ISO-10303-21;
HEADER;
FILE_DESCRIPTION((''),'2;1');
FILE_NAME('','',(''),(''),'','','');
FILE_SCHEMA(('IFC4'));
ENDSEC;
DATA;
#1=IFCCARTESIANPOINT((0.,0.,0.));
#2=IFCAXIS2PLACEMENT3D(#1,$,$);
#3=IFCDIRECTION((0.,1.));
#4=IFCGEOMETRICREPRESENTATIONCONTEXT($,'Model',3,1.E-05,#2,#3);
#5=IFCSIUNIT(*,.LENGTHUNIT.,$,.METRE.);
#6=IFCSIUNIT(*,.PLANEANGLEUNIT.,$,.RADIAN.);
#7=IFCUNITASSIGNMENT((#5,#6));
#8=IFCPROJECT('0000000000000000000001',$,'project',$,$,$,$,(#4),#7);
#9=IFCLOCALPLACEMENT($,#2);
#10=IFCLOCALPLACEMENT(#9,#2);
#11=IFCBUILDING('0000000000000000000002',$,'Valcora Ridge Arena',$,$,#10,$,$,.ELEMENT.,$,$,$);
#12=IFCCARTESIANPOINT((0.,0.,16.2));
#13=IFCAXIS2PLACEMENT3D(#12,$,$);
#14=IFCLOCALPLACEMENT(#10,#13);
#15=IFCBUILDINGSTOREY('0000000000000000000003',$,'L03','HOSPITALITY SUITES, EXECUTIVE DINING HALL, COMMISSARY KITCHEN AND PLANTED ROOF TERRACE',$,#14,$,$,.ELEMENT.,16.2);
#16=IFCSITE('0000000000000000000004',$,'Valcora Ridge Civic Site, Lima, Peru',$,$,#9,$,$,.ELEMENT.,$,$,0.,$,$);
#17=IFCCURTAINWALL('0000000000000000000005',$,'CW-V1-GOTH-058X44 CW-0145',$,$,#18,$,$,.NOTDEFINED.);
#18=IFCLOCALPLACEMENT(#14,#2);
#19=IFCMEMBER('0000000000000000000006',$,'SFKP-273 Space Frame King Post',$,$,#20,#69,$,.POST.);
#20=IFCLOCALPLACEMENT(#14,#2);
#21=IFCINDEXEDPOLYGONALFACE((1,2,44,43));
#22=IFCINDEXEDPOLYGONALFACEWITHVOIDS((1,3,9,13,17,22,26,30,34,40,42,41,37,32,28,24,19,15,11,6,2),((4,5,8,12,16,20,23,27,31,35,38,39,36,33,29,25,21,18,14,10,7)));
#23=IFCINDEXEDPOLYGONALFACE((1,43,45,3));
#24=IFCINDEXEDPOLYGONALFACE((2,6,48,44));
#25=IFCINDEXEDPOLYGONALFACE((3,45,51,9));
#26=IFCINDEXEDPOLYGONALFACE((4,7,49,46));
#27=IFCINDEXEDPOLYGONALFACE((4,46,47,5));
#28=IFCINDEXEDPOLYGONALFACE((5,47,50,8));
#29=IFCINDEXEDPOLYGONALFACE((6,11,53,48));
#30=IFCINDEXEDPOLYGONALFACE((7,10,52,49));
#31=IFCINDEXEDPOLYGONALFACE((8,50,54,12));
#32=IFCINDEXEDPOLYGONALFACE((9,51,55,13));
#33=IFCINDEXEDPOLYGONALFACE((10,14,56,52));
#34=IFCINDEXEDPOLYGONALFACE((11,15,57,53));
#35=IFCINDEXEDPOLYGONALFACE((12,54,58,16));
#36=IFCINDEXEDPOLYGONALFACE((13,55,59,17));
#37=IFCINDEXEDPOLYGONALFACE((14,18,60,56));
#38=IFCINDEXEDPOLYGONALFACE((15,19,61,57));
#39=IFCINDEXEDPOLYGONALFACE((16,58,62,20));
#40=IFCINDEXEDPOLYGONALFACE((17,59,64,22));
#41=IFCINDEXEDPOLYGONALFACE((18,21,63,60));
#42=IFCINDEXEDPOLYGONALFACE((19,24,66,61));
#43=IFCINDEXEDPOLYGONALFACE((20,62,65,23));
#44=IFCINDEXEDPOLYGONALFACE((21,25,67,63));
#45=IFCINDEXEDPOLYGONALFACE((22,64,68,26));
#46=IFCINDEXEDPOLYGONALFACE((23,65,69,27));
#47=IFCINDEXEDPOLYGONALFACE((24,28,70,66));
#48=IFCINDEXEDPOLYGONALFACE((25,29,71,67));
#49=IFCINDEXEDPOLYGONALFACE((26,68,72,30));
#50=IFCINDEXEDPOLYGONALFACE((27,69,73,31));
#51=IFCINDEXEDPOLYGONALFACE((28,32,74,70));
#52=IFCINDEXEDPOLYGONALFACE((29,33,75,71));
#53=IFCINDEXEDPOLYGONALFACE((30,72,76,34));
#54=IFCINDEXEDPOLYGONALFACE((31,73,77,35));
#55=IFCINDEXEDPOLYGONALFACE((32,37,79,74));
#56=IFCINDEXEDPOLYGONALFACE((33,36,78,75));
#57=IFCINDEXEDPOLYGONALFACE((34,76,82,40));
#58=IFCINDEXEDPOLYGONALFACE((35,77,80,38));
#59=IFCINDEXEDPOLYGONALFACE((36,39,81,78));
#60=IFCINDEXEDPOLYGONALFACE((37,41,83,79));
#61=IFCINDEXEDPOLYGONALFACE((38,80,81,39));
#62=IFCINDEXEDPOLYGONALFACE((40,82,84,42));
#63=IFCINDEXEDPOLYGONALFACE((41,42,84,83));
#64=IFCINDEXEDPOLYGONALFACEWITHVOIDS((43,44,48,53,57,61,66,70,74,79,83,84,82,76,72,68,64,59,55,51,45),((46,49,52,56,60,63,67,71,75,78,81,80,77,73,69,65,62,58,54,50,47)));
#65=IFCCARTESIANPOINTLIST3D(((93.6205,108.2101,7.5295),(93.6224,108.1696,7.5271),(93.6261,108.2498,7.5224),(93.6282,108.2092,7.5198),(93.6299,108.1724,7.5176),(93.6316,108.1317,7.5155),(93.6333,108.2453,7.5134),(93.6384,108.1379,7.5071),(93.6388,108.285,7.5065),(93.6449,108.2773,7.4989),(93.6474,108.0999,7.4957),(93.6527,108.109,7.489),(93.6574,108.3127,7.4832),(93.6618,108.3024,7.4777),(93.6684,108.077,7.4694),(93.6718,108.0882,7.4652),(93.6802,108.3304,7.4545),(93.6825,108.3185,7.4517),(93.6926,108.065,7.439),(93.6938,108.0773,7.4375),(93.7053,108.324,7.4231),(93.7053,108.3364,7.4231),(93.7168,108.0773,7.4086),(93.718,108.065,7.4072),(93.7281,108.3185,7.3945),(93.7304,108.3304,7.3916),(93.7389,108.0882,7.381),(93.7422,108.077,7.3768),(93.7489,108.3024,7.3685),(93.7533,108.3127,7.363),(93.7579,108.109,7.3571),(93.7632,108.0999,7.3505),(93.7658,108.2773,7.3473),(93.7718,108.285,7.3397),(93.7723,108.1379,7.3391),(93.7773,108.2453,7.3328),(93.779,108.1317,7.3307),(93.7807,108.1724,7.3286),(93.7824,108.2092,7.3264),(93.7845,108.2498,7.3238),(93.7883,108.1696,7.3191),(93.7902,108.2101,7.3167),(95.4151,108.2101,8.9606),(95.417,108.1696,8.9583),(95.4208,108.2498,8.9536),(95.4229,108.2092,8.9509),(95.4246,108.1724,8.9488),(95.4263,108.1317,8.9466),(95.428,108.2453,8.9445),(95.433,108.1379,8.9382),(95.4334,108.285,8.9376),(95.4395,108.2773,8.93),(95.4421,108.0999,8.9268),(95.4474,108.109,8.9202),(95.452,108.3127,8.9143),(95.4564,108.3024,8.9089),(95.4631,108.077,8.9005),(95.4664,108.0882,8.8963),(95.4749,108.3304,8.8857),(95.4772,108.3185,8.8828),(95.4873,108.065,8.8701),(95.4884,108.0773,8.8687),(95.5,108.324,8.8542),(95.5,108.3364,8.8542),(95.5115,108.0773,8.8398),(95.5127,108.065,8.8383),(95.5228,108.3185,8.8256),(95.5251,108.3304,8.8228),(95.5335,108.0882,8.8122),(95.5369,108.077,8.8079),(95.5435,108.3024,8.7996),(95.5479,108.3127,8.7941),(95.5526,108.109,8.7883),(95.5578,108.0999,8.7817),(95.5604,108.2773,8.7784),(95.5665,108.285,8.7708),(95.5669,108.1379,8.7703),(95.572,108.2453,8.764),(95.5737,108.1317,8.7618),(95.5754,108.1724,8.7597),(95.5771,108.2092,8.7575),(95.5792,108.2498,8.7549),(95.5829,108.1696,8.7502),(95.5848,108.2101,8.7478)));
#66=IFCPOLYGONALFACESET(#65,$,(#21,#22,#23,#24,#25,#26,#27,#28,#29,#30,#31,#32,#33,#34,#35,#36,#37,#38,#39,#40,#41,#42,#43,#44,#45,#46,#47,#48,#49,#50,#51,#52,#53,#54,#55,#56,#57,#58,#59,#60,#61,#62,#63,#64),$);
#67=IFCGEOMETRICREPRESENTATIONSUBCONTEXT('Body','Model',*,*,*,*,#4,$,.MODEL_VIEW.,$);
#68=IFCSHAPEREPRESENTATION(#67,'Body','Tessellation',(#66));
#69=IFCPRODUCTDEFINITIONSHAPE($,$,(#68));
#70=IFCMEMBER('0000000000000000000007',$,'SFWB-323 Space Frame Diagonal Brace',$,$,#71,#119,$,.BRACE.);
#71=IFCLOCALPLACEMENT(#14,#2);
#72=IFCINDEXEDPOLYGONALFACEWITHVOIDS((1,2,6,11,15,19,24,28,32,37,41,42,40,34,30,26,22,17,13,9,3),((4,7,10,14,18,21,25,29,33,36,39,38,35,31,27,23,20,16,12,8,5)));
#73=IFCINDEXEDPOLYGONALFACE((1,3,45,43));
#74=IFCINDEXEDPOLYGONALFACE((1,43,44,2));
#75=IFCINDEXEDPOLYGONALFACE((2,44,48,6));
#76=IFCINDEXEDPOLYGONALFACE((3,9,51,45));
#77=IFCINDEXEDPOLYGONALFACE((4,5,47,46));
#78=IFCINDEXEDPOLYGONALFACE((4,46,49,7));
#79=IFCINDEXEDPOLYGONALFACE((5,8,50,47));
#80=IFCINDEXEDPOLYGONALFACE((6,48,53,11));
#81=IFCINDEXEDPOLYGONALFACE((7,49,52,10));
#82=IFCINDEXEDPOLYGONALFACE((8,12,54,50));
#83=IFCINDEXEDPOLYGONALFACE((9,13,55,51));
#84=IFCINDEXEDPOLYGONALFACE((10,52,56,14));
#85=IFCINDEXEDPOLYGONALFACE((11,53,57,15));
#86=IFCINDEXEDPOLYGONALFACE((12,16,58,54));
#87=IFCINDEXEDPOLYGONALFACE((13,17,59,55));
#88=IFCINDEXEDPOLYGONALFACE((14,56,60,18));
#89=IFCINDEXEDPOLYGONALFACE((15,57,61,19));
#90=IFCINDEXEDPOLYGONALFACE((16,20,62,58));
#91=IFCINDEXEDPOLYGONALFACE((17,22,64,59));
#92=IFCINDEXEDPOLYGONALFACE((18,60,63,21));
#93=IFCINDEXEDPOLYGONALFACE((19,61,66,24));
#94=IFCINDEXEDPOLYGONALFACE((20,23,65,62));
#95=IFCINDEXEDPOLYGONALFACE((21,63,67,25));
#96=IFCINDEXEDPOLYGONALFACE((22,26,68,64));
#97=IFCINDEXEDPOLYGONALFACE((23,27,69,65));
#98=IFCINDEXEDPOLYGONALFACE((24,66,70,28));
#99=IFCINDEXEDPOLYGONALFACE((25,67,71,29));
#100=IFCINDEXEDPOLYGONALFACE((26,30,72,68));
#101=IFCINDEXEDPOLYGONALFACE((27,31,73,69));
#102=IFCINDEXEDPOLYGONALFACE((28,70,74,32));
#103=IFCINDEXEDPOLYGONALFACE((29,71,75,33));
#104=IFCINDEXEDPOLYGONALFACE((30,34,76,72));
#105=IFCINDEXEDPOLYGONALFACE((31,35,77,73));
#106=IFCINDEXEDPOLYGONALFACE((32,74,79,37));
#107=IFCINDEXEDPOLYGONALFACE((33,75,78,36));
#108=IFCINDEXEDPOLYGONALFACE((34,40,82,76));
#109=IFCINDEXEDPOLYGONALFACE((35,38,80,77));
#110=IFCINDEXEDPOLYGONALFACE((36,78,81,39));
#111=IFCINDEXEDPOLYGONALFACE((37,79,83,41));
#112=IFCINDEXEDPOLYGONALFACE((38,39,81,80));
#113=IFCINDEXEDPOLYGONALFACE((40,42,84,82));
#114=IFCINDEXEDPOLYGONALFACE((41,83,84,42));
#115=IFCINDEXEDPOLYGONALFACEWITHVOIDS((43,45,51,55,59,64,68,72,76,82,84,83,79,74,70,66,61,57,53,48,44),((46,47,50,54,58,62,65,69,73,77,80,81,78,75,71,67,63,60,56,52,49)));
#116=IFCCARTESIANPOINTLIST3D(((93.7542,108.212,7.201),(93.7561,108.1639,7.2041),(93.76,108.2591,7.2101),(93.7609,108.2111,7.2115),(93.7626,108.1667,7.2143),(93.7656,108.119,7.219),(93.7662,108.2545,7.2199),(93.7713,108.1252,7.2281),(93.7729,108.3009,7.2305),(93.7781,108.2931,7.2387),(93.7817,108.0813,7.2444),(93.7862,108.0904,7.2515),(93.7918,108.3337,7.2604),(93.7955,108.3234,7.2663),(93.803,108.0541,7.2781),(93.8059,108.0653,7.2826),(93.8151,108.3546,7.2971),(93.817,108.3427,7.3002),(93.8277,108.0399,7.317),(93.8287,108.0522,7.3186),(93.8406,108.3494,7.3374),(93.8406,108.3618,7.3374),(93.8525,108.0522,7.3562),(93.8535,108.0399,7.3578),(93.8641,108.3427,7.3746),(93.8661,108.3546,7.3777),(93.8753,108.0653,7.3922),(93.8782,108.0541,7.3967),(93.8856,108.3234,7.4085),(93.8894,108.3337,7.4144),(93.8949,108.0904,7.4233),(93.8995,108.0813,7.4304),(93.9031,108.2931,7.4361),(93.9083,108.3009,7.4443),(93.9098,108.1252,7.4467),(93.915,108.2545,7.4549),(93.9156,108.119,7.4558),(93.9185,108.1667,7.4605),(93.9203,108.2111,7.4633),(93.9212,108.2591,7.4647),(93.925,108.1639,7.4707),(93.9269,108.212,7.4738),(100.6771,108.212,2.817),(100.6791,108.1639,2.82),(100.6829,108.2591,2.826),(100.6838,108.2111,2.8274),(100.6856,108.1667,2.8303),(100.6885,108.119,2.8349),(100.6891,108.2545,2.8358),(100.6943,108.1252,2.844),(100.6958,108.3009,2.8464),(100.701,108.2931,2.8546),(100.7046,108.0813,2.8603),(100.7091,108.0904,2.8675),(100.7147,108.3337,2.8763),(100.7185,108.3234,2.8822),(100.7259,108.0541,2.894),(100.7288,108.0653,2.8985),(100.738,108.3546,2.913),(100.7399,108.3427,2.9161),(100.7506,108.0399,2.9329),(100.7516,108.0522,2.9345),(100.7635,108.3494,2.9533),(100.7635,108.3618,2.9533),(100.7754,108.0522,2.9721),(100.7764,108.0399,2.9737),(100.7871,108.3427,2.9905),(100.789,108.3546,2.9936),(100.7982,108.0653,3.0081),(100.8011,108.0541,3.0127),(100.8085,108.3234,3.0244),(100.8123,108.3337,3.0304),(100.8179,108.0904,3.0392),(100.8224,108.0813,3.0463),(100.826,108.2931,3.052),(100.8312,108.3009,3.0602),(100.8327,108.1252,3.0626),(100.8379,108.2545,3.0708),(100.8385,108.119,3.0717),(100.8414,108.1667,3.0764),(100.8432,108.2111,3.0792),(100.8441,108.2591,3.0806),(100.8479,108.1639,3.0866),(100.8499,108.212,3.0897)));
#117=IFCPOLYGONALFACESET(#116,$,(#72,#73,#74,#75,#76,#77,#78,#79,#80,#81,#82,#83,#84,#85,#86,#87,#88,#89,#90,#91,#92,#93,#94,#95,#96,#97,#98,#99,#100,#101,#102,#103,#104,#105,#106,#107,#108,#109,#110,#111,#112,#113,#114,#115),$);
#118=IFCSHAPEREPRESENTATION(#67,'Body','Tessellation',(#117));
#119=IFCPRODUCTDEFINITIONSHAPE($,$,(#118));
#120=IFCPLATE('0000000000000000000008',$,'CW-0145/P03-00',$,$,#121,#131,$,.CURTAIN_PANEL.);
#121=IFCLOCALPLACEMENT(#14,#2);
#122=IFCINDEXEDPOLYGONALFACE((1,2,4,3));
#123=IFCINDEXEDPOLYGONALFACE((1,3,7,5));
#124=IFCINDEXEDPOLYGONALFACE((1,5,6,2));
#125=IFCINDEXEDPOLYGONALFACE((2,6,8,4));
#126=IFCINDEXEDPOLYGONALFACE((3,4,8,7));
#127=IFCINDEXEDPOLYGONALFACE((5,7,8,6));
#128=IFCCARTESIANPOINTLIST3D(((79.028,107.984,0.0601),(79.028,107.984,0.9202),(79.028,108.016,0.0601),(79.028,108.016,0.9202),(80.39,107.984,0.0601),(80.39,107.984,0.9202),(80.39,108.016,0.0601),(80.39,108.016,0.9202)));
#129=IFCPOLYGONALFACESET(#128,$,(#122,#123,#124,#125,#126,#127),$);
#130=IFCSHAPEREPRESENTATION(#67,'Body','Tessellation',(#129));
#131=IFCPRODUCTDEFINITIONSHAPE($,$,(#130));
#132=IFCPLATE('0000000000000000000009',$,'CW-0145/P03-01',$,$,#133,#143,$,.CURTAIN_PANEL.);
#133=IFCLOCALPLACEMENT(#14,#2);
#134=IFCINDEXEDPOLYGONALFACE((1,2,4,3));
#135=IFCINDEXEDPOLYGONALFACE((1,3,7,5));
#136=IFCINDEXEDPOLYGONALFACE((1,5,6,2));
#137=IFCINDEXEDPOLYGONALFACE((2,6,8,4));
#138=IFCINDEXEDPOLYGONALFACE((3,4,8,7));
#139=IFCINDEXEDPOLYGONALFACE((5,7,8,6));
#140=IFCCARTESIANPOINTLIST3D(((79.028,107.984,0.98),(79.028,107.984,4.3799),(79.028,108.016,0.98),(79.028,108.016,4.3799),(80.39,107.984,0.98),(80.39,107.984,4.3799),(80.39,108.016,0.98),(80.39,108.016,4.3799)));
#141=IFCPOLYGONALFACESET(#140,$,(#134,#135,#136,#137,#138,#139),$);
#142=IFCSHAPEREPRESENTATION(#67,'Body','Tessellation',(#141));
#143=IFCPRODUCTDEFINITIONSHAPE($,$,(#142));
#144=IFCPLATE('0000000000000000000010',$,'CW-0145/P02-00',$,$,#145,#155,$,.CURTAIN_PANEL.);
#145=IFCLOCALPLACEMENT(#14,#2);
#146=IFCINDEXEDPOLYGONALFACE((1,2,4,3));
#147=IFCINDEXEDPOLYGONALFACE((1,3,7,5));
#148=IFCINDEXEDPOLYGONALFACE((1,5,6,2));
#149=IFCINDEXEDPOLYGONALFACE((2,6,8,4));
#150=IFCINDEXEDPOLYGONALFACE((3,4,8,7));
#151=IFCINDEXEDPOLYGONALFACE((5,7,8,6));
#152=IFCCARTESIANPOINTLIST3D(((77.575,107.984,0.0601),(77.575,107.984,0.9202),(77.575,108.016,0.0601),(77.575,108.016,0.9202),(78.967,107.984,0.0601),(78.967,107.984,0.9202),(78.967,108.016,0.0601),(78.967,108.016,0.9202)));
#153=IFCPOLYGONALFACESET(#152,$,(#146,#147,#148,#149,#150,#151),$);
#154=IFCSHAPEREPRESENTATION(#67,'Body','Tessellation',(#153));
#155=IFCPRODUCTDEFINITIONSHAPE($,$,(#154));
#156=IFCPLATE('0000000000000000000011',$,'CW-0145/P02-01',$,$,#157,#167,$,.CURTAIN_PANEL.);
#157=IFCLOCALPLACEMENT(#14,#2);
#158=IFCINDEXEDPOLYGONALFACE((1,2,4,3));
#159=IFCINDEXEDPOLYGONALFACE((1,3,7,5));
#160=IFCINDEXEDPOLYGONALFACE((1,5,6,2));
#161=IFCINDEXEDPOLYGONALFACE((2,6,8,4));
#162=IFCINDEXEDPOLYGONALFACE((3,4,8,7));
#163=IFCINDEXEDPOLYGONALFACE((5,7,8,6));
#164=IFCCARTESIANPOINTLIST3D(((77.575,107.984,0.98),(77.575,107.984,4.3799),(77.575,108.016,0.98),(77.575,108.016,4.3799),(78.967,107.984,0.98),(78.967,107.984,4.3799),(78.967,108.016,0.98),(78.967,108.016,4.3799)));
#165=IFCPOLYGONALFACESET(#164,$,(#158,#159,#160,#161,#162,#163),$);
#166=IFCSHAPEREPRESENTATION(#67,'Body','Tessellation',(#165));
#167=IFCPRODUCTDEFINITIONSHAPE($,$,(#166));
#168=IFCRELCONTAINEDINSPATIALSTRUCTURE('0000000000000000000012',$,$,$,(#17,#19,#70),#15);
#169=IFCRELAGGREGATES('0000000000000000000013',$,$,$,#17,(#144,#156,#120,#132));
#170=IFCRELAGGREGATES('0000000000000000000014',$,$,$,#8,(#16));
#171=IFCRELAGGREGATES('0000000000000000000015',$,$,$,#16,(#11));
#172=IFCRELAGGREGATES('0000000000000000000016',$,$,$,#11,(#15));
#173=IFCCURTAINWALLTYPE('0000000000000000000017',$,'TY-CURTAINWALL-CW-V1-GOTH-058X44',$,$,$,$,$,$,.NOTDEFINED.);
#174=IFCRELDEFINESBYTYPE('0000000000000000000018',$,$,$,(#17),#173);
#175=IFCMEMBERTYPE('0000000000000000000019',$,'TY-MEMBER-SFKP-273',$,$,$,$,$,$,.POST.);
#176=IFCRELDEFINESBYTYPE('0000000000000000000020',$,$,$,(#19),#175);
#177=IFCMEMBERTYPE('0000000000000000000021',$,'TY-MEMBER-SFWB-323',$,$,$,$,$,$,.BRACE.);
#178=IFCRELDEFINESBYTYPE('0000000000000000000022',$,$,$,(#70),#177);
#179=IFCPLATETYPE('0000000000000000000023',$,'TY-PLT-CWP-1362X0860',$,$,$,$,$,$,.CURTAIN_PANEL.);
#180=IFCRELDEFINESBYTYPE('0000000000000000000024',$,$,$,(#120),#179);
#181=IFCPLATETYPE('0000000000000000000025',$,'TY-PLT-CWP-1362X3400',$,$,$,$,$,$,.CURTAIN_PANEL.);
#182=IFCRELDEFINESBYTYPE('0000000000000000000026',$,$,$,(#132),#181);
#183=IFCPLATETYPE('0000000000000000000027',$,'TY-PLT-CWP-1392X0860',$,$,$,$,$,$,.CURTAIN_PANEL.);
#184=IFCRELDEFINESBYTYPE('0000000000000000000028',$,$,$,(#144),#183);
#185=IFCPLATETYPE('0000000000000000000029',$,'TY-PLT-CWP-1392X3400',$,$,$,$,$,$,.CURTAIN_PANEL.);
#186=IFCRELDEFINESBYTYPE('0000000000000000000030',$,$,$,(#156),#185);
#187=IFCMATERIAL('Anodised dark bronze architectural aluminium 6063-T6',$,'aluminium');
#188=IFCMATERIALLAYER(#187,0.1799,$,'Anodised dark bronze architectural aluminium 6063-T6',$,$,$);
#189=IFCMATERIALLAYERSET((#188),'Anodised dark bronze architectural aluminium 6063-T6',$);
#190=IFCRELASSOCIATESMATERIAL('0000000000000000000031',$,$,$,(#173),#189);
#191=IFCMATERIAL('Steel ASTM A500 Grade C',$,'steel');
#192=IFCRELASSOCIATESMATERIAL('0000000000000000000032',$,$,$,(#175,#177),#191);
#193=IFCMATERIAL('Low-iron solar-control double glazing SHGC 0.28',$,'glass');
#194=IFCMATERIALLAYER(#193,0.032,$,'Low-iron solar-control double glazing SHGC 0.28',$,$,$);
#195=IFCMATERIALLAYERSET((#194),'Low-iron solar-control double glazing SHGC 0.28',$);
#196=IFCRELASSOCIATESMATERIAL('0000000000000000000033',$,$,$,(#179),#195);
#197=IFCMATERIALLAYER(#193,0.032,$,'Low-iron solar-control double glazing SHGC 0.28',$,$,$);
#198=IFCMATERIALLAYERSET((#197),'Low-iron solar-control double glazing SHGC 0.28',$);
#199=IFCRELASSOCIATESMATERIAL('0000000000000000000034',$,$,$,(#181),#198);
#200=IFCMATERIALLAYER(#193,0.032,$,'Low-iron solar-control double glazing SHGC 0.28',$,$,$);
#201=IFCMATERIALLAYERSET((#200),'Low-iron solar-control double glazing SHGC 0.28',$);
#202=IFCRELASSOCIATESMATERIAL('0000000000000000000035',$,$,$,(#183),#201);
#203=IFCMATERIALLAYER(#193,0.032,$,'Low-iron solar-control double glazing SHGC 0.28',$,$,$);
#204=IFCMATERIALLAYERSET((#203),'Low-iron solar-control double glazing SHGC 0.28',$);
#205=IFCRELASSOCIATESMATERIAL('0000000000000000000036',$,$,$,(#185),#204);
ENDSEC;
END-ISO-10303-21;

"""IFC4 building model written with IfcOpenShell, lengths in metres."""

from ifc_helpers import new_model, si_unit, direction, frame, origin, origin_2d, place, context, subcontext, project, spatial, rectangle, hollow_circle, extrude, material, layer, layer_set, material_profile, profile_set, type_object, element, aggregate, save


model = new_model("IFC4")

# Units and contexts
model_context = context("Model", 3, precision=1e-05, world=origin(), true_north=direction((0.0, 1.0)))
body_context = subcontext(model_context, "Body", "Model", "MODEL_VIEW")
ifc_project = project(units=[si_unit("LENGTHUNIT", "METRE"), si_unit("PLANEANGLEUNIT", "RADIAN")], contexts=[model_context])

# Site, building, storey
site_placement = place(None, origin())
site = spatial("IfcSite", under=ifc_project, at=site_placement, Name="Valcora Ridge Civic Site, Lima, Peru", CompositionType="ELEMENT", RefElevation=0.0)
building_placement = place(site_placement, origin())
building = spatial("IfcBuilding", under=site, at=building_placement, Name="Valcora Ridge Arena", CompositionType="ELEMENT")
storey_placement = place(building_placement, frame((0.0, 0.0, 16.2)))
storey = spatial("IfcBuildingStorey", under=building, at=storey_placement, Name="L03", Description="HOSPITALITY SUITES, EXECUTIVE DINING HALL, COMMISSARY KITCHEN AND PLANTED ROOF TERRACE", CompositionType="ELEMENT", Elevation=16.2)

# Curtain wall
ifc_material_1 = material(Name="Anodised dark bronze architectural aluminium 6063-T6", Category="aluminium")
ifc_layer_1 = layer(ifc_material_1, 0.1799, Name="Anodised dark bronze architectural aluminium 6063-T6")
ifc_layer_set_1 = layer_set([ifc_layer_1], Name="Anodised dark bronze architectural aluminium 6063-T6")
curtain_wall_type = type_object("IfcCurtainWallType", Name="TY-CURTAINWALL-CW-V1-GOTH-058X44", PredefinedType="NOTDEFINED", material=ifc_layer_set_1)
curtain_wall_placement = place(storey_placement, origin())
curtain_wall = element("IfcCurtainWall", 1, at=curtain_wall_placement, inside=storey, type_object=curtain_wall_type, Name="CW-V1-GOTH-058X44 CW-0145", PredefinedType="NOTDEFINED")

# Members
ifc_material_2 = material(Name="Steel ASTM A500 Grade C", Category="steel")
ifc_material_profile_1 = material_profile(ifc_material_2, hollow_circle(Radius=0.1365, WallThickness=0.0125, at=origin_2d()), Name="CHS273X12")
ifc_profile_set_1 = profile_set([ifc_material_profile_1], Name="Steel ASTM A500 Grade C")
member_type_1 = type_object("IfcMemberType", Name="TY-MEMBER-SFKP-273", PredefinedType="POST", material=ifc_profile_set_1)
member_1_placement = place(storey_placement, frame((93.7053, 108.2, 7.4231), z_axis=(0.781843, 0.0, 0.623475), x_axis=(0.0, 1.0, 0.0)))
element("IfcMember", 2, at=member_1_placement, inside=storey, type_object=member_type_1, Name="SFKP-273 Space Frame King Post", PredefinedType="POST", context=body_context, shape_type="SweptSolid", body=[
    extrude(hollow_circle(Radius=0.1365, WallThickness=0.0125, at=origin_2d()), origin(), (0.0, 0.0, 1.0), 2.2954),
])
ifc_material_profile_2 = material_profile(ifc_material_2, hollow_circle(Radius=0.1619, WallThickness=0.0125, at=origin_2d()), Name="CHS323X12")
ifc_profile_set_2 = profile_set([ifc_material_profile_2], Name="Steel ASTM A500 Grade C")
member_type_2 = type_object("IfcMemberType", Name="TY-MEMBER-SFWB-323", PredefinedType="BRACE", material=ifc_profile_set_2)
member_2_placement = place(storey_placement, frame((93.8406, 108.2, 7.3374), z_axis=(0.844843, 0.0, -0.535014), x_axis=(0.0, 1.0, 0.0)))
element("IfcMember", 3, at=member_2_placement, inside=storey, type_object=member_type_2, Name="SFWB-323 Space Frame Diagonal Brace", PredefinedType="BRACE", context=body_context, shape_type="SweptSolid", body=[
    extrude(hollow_circle(Radius=0.1619, WallThickness=0.0125, at=origin_2d()), origin(), (0.0, 0.0, 1.0), 8.1943),
])

# Plates
ifc_material_3 = material(Name="Low-iron solar-control double glazing SHGC 0.28", Category="glass")
ifc_layer_2 = layer(ifc_material_3, 0.032, Name="Low-iron solar-control double glazing SHGC 0.28")
ifc_layer_set_2 = layer_set([ifc_layer_2], Name="Low-iron solar-control double glazing SHGC 0.28")
plate_type_1 = type_object("IfcPlateType", Name="TY-PLT-CWP-1362X0860", PredefinedType="CURTAIN_PANEL", material=ifc_layer_set_2)
plate_1_placement = place(storey_placement, frame((79.709, 108.0, 0.0601), z_axis=(0.0, 0.0, 1.0), x_axis=(1.0, 0.0, 0.0)))
plate_1 = element("IfcPlate", 4, at=plate_1_placement, type_object=plate_type_1, Name="CW-0145/P03-00", PredefinedType="CURTAIN_PANEL", context=body_context, shape_type="SweptSolid", body=[
    extrude(rectangle(XDim=1.3621, YDim=0.032, at=origin_2d()), origin(), (0.0, 0.0, 1.0), 0.8601),
])
ifc_layer_3 = layer(ifc_material_3, 0.032, Name="Low-iron solar-control double glazing SHGC 0.28")
ifc_layer_set_3 = layer_set([ifc_layer_3], Name="Low-iron solar-control double glazing SHGC 0.28")
plate_type_2 = type_object("IfcPlateType", Name="TY-PLT-CWP-1362X3400", PredefinedType="CURTAIN_PANEL", material=ifc_layer_set_3)
plate_2_placement = place(storey_placement, frame((79.709, 108.0, 0.98), z_axis=(0.0, 0.0, 1.0), x_axis=(1.0, 0.0, 0.0)))
plate_2 = element("IfcPlate", 5, at=plate_2_placement, type_object=plate_type_2, Name="CW-0145/P03-01", PredefinedType="CURTAIN_PANEL", context=body_context, shape_type="SweptSolid", body=[
    extrude(rectangle(XDim=1.3621, YDim=0.032, at=origin_2d()), origin(), (0.0, 0.0, 1.0), 3.3999),
])
ifc_layer_4 = layer(ifc_material_3, 0.032, Name="Low-iron solar-control double glazing SHGC 0.28")
ifc_layer_set_4 = layer_set([ifc_layer_4], Name="Low-iron solar-control double glazing SHGC 0.28")
plate_type_3 = type_object("IfcPlateType", Name="TY-PLT-CWP-1392X0860", PredefinedType="CURTAIN_PANEL", material=ifc_layer_set_4)
plate_3_placement = place(storey_placement, frame((78.271, 108.0, 0.0601), z_axis=(0.0, 0.0, 1.0), x_axis=(1.0, 0.0, 0.0)))
plate_3 = element("IfcPlate", 6, at=plate_3_placement, type_object=plate_type_3, Name="CW-0145/P02-00", PredefinedType="CURTAIN_PANEL", context=body_context, shape_type="SweptSolid", body=[
    extrude(rectangle(XDim=1.3921, YDim=0.032, at=origin_2d()), origin(), (0.0, 0.0, 1.0), 0.8601),
])
ifc_layer_5 = layer(ifc_material_3, 0.032, Name="Low-iron solar-control double glazing SHGC 0.28")
ifc_layer_set_5 = layer_set([ifc_layer_5], Name="Low-iron solar-control double glazing SHGC 0.28")
plate_type_4 = type_object("IfcPlateType", Name="TY-PLT-CWP-1392X3400", PredefinedType="CURTAIN_PANEL", material=ifc_layer_set_5)
plate_4_placement = place(storey_placement, frame((78.271, 108.0, 0.98), z_axis=(0.0, 0.0, 1.0), x_axis=(1.0, 0.0, 0.0)))
plate_4 = element("IfcPlate", 7, at=plate_4_placement, type_object=plate_type_4, Name="CW-0145/P02-01", PredefinedType="CURTAIN_PANEL", context=body_context, shape_type="SweptSolid", body=[
    extrude(rectangle(XDim=1.3921, YDim=0.032, at=origin_2d()), origin(), (0.0, 0.0, 1.0), 3.3999),
])
aggregate(curtain_wall, [plate_3, plate_4, plate_1, plate_2])

save(model, "model.ifc")
